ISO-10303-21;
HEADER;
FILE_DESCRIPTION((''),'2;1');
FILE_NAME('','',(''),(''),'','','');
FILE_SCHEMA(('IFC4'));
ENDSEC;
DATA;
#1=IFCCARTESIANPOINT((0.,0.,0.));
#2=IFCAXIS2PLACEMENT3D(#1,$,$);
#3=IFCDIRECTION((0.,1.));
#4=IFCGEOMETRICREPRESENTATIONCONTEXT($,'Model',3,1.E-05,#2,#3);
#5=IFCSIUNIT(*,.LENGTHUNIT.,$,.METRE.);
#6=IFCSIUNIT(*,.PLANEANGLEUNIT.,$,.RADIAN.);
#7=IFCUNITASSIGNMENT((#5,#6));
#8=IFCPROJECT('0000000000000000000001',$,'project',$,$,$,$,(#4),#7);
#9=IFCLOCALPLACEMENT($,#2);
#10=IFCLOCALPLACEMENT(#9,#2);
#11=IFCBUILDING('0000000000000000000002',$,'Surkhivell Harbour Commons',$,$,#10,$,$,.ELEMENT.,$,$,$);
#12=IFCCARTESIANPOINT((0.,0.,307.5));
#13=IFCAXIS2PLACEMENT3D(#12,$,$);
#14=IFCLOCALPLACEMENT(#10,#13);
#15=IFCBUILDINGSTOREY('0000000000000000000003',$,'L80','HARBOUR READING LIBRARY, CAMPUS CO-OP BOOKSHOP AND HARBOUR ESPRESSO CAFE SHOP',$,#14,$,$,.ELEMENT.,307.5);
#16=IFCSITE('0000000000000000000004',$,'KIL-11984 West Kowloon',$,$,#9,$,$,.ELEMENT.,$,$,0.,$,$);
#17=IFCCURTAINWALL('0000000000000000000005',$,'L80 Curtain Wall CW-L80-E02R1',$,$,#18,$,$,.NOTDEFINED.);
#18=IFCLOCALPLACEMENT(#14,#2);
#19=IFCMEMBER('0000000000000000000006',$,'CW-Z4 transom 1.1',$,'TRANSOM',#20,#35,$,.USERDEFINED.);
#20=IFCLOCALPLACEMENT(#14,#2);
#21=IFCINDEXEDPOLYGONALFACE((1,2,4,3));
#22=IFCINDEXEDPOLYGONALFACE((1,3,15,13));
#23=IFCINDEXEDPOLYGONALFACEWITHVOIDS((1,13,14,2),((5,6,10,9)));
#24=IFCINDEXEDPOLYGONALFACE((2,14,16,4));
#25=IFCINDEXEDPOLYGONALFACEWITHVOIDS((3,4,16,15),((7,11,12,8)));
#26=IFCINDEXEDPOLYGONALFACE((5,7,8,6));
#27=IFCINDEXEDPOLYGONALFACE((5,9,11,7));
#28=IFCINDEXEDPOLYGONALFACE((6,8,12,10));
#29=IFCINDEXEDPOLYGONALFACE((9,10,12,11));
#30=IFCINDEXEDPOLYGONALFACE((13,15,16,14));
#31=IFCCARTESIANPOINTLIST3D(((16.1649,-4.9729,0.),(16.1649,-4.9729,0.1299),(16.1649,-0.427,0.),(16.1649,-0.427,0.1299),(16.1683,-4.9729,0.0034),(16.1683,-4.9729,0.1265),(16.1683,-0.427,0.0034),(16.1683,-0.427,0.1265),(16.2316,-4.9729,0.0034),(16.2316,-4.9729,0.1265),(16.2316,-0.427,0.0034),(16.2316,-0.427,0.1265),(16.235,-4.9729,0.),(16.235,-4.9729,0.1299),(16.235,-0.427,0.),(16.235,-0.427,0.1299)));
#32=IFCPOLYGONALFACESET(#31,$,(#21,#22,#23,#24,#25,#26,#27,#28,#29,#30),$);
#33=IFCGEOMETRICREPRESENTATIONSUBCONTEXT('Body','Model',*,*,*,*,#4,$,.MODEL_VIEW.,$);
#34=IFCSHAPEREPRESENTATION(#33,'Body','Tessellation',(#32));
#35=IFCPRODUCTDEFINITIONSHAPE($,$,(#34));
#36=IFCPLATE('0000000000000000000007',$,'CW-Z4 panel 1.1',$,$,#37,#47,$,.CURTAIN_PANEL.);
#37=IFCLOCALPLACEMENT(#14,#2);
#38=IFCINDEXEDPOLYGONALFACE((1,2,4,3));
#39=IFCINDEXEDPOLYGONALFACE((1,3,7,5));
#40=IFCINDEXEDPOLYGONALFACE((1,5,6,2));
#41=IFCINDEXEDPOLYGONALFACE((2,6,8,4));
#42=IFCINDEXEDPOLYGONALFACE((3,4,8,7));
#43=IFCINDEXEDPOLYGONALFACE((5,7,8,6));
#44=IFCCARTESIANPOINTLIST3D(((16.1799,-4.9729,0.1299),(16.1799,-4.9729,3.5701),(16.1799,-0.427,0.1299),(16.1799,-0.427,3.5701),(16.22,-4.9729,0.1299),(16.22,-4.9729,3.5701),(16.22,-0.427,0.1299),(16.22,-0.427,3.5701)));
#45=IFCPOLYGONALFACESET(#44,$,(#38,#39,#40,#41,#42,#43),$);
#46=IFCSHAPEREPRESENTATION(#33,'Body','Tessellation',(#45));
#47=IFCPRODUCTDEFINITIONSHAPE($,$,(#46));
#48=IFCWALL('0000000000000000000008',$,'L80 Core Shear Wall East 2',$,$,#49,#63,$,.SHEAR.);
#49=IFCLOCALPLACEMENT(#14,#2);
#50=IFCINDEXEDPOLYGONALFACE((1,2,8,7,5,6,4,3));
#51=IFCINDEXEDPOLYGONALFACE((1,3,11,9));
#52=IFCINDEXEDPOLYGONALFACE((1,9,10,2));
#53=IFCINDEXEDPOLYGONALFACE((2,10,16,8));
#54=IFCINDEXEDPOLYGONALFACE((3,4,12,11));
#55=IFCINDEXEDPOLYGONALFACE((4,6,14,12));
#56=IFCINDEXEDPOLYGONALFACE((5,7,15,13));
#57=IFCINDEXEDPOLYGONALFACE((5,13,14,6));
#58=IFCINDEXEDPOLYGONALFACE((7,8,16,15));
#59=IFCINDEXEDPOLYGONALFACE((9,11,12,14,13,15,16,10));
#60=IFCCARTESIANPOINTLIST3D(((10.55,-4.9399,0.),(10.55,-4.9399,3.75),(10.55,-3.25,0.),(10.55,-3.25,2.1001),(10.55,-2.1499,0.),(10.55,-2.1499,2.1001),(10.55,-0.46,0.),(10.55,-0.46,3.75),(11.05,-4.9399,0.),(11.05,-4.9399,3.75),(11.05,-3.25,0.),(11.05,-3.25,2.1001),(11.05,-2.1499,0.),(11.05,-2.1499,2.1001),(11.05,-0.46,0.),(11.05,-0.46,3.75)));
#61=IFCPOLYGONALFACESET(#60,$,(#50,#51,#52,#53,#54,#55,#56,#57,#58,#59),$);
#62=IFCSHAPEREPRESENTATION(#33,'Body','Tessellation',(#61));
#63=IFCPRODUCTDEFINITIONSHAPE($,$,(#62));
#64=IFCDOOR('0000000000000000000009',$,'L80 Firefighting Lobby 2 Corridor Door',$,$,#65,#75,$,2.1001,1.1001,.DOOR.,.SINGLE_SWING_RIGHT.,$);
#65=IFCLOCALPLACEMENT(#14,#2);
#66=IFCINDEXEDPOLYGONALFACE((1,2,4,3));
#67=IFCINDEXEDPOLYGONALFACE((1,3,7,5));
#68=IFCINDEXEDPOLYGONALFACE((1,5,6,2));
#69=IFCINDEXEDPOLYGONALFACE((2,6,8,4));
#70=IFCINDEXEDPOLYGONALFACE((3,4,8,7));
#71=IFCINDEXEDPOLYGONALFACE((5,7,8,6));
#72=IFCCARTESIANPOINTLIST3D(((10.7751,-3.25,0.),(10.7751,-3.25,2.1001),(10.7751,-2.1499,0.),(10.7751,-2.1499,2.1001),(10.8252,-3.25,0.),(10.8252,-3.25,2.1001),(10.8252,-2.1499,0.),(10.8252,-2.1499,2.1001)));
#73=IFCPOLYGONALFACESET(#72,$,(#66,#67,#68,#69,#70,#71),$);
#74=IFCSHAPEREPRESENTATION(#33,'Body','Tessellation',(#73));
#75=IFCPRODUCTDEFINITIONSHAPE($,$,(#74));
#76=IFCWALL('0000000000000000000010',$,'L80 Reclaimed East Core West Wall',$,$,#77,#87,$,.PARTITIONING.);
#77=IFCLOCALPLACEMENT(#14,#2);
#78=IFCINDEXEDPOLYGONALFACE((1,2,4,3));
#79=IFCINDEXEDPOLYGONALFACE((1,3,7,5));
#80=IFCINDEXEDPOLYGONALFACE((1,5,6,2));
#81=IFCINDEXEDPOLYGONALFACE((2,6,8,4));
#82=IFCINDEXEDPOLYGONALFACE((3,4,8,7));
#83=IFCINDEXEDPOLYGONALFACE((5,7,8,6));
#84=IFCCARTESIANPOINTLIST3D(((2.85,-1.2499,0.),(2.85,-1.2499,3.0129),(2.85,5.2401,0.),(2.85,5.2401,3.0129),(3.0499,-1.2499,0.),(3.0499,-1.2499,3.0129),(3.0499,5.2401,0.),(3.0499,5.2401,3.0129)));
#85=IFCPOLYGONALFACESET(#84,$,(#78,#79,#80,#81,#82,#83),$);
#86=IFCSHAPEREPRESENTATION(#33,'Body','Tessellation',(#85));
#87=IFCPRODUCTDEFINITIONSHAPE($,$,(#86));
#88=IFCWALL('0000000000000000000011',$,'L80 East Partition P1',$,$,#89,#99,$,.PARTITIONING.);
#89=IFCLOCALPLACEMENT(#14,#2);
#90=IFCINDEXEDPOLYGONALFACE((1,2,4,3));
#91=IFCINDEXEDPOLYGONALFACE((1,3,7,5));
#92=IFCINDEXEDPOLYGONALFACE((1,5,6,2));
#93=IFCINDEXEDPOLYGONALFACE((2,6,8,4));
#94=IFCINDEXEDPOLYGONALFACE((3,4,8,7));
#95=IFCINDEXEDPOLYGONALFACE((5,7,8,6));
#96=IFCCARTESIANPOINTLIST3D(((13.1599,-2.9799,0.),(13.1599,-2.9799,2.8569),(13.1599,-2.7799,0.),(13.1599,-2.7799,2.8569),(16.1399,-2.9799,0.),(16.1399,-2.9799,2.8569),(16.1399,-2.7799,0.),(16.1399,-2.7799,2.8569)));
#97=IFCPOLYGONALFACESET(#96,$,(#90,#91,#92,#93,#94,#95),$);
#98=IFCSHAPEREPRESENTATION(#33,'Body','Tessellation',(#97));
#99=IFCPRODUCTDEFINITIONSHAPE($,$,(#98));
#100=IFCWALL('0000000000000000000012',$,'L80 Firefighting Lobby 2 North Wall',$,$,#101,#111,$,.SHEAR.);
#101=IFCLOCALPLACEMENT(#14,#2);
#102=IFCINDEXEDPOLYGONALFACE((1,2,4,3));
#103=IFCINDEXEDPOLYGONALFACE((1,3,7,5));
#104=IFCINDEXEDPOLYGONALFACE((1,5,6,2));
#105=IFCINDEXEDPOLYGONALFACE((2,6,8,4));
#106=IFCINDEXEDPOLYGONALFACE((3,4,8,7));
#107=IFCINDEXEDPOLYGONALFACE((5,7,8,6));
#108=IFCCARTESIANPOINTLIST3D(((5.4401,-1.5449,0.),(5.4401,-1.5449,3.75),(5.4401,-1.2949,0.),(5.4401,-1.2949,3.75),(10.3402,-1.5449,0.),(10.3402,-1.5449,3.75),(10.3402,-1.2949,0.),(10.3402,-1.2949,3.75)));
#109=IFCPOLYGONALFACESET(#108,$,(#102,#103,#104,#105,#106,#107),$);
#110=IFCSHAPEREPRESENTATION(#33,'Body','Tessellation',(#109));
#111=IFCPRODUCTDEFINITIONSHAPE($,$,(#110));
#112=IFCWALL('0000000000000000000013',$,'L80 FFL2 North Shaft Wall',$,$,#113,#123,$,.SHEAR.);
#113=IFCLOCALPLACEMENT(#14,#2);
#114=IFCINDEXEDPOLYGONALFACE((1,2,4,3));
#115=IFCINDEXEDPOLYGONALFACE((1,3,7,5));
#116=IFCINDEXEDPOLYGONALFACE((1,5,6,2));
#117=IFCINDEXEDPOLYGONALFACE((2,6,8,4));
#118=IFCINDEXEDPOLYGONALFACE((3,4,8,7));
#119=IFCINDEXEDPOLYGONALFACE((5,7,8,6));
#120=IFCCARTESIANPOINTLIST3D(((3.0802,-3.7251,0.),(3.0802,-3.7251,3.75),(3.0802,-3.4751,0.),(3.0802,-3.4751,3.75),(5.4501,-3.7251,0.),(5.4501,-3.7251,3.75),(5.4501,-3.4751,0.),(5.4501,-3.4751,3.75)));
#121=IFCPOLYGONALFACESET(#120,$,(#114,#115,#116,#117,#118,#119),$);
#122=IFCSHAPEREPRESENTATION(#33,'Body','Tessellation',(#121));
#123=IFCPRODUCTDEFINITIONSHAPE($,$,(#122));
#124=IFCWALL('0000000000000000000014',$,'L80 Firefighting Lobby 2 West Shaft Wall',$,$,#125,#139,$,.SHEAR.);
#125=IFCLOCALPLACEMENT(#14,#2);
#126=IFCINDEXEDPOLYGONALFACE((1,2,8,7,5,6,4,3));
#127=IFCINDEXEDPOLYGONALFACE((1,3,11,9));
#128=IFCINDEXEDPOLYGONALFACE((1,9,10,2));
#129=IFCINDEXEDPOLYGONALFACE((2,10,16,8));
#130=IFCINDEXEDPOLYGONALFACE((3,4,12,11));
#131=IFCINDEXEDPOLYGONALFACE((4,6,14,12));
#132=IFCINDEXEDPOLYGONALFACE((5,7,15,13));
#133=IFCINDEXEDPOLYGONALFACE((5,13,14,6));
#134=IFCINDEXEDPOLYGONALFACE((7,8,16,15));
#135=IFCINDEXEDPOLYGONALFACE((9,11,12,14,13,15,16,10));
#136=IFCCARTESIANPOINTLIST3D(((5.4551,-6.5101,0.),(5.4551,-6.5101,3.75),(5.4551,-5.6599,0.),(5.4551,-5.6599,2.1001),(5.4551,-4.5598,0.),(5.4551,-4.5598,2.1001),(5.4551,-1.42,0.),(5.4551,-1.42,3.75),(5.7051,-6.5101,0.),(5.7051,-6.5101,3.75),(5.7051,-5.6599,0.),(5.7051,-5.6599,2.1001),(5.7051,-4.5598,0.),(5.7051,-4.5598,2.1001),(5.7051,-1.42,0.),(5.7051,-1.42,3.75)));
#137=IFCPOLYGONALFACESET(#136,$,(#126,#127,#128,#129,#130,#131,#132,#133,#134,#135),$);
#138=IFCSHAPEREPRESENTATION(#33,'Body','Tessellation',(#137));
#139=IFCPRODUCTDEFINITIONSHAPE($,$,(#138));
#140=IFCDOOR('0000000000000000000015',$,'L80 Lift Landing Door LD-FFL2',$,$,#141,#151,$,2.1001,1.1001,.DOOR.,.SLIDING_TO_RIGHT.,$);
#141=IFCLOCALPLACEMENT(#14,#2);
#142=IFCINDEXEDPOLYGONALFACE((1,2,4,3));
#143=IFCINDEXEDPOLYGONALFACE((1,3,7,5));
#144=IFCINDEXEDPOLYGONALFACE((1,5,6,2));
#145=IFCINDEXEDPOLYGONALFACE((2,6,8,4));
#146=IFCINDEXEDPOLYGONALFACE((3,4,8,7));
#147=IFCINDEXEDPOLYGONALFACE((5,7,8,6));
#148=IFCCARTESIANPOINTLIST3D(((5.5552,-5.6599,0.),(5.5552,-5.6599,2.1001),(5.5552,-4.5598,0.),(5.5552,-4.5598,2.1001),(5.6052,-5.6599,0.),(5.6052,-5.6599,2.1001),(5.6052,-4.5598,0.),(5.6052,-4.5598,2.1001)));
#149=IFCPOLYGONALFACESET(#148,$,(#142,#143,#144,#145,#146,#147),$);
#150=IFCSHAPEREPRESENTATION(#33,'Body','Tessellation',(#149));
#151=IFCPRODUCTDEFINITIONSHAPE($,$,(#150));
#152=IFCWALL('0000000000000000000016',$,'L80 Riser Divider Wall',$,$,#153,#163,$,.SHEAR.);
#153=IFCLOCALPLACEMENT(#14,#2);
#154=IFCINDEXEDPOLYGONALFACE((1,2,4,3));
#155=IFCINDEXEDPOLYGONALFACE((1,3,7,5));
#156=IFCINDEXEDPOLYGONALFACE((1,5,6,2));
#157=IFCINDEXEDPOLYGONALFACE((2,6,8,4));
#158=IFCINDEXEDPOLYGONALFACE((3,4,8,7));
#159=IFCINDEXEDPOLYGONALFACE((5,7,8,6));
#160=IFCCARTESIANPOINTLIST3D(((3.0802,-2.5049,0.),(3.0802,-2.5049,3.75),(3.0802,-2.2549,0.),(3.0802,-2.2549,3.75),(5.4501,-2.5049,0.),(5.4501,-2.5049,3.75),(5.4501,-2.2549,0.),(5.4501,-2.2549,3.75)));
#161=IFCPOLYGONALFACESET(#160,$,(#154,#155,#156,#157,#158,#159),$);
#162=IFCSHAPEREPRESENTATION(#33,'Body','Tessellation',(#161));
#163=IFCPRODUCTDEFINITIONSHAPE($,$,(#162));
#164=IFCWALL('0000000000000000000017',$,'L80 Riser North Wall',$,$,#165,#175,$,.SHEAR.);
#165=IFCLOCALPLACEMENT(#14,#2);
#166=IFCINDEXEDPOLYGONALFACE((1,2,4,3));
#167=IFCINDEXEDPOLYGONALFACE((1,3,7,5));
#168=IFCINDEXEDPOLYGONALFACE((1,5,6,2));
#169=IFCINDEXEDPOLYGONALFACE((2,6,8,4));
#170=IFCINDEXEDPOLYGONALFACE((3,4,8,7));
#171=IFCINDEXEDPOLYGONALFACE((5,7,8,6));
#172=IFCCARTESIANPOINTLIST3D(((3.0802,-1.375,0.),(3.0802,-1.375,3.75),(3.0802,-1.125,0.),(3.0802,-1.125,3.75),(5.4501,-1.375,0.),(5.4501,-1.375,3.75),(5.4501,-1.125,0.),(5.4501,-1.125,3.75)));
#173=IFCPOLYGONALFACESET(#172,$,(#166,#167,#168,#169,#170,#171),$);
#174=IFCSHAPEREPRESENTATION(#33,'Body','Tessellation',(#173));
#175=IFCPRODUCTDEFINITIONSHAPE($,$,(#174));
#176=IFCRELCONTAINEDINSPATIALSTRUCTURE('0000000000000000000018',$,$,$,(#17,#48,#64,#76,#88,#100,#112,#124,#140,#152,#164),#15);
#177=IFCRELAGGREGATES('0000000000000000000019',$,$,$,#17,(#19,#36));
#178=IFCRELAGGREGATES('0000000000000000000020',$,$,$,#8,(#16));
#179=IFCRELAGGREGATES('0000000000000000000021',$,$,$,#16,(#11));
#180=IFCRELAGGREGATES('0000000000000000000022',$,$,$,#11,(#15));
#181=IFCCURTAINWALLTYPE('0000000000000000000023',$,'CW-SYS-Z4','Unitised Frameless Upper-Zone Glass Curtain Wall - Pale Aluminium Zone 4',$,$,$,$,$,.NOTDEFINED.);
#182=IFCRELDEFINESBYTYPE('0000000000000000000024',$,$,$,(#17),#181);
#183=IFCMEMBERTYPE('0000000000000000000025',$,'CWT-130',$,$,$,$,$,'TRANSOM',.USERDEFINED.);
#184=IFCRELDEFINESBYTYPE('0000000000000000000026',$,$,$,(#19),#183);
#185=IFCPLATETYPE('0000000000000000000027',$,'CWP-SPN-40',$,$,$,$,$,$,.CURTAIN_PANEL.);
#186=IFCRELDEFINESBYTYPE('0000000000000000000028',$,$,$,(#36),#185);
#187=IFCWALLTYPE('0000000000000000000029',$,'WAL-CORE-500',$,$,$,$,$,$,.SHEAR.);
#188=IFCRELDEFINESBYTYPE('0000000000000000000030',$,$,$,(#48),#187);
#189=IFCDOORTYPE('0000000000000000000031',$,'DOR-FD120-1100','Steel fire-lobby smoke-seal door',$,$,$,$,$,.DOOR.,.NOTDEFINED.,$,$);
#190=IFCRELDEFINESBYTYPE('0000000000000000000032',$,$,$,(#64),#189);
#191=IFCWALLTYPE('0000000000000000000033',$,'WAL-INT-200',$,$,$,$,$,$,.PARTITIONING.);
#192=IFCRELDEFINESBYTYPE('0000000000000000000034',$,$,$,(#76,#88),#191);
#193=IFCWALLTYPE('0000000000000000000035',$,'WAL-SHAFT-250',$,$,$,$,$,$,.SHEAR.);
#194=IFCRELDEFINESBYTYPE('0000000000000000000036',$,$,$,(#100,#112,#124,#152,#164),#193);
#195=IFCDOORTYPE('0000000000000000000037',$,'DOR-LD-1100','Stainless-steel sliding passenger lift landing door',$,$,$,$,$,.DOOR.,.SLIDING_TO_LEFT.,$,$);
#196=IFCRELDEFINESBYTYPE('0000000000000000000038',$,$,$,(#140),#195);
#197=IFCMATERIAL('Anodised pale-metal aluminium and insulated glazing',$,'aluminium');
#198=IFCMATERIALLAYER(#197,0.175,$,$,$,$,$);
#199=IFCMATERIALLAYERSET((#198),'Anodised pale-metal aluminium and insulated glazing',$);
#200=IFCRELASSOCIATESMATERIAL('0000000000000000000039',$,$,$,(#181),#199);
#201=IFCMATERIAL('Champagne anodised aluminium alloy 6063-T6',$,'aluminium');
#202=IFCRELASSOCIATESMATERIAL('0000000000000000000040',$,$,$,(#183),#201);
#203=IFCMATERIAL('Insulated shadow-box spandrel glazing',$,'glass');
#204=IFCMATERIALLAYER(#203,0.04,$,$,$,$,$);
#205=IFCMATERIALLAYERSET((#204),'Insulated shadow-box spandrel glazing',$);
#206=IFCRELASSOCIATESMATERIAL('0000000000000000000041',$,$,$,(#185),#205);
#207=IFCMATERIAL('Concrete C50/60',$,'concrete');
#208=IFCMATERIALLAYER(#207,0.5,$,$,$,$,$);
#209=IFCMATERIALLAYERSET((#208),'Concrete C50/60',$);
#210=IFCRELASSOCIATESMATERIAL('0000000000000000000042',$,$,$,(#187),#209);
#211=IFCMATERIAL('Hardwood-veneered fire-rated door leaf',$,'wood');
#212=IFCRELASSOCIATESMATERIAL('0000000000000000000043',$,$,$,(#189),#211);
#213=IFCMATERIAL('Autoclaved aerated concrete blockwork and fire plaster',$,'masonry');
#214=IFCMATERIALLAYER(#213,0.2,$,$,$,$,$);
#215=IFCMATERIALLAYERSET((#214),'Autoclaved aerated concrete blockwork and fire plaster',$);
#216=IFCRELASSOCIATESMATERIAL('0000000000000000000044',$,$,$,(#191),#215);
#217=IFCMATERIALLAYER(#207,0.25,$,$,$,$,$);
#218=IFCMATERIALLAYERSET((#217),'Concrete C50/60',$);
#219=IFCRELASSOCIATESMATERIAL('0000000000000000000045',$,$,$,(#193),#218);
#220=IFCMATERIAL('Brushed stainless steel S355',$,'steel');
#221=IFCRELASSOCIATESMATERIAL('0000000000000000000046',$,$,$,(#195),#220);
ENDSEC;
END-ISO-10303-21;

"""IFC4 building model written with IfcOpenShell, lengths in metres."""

from ifc_helpers import new_model, si_unit, direction, frame, frame_2d, origin, origin_2d, place, context, subcontext, project, spatial, rectangle, hollow_rectangle, extrude, material, layer, layer_set, material_profile, profile_set, type_object, element, fill, aggregate, save


model = new_model("IFC4")

# Units and contexts
model_context = context("Model", 3, precision=1e-05, world=origin(), true_north=direction((0.0, 1.0)))
body_context = subcontext(model_context, "Body", "Model", "MODEL_VIEW")
ifc_project = project(units=[si_unit("LENGTHUNIT", "METRE"), si_unit("PLANEANGLEUNIT", "RADIAN")], contexts=[model_context])

# Site, building, storey
site_placement = place(None, origin())
site = spatial("IfcSite", under=ifc_project, at=site_placement, Name="KIL-11984 West Kowloon", CompositionType="ELEMENT", RefElevation=0.0)
building_placement = place(site_placement, origin())
building = spatial("IfcBuilding", under=site, at=building_placement, Name="Surkhivell Harbour Commons", CompositionType="ELEMENT")
storey_placement = place(building_placement, frame((0.0, 0.0, 307.5)))
storey = spatial("IfcBuildingStorey", under=building, at=storey_placement, Name="L80", Description="HARBOUR READING LIBRARY, CAMPUS CO-OP BOOKSHOP AND HARBOUR ESPRESSO CAFE SHOP", CompositionType="ELEMENT", Elevation=307.5)

# Shared definitions
ifc_material_1 = material(Name="Concrete C50/60", Category="concrete")

# Shared definitions
ifc_material_2 = material(Name="Anodised pale-metal aluminium and insulated glazing", Category="aluminium")
ifc_layer_1 = layer(ifc_material_2, 0.175)
ifc_layer_set_1 = layer_set([ifc_layer_1], Name="Anodised pale-metal aluminium and insulated glazing")
curtain_wall_type = type_object("IfcCurtainWallType", Name="CW-SYS-Z4", Description="Unitised Frameless Upper-Zone Glass Curtain Wall - Pale Aluminium Zone 4", PredefinedType="NOTDEFINED", material=ifc_layer_set_1)

# Curtain wall, member, plate
curtain_wall_1_placement = place(storey_placement, origin())
curtain_wall_1 = element("IfcCurtainWall", 1, at=curtain_wall_1_placement, inside=storey, type_object=curtain_wall_type, Name="L80 Curtain Wall CW-L80-E02R1", PredefinedType="NOTDEFINED")
ifc_material_3 = material(Name="Champagne anodised aluminium alloy 6063-T6", Category="aluminium")
ifc_material_profile_1 = material_profile(ifc_material_3, hollow_rectangle(XDim=0.0701, YDim=0.1299, WallThickness=0.0034, at=origin_2d()), Name="ALU-TRAN-70x130")
ifc_profile_set_1 = profile_set([ifc_material_profile_1], Name="Champagne anodised aluminium alloy 6063-T6")
member_type_1 = type_object("IfcMemberType", Name="CWT-130", ElementType="TRANSOM", PredefinedType="USERDEFINED", material=ifc_profile_set_1)
member_1_placement = place(storey_placement, frame((16.2, -4.9729, 0.0649), z_axis=(0.0, 1.0, 0.0), x_axis=(-1.0, 0.0, 0.0)))
member_1 = element("IfcMember", 2, at=member_1_placement, type_object=member_type_1, Name="CW-Z4 transom 1.1", ObjectType="TRANSOM", PredefinedType="USERDEFINED", context=body_context, shape_type="SweptSolid", body=[
    extrude(hollow_rectangle(XDim=0.0701, YDim=0.1299, WallThickness=0.0034, at=origin_2d()), origin(), (0.0, 0.0, 1.0), 4.5459),
])
ifc_material_4 = material(Name="Insulated shadow-box spandrel glazing", Category="glass")
ifc_layer_2 = layer(ifc_material_4, 0.04)
ifc_layer_set_2 = layer_set([ifc_layer_2], Name="Insulated shadow-box spandrel glazing")
plate_type = type_object("IfcPlateType", Name="CWP-SPN-40", PredefinedType="CURTAIN_PANEL", material=ifc_layer_set_2)
plate_placement = place(storey_placement, frame((16.2, -4.9729, 0.1299), z_axis=(0.0, 0.0, 1.0), x_axis=(0.0, 1.0, 0.0)))
plate = element("IfcPlate", 3, at=plate_placement, type_object=plate_type, Name="CW-Z4 panel 1.1", PredefinedType="CURTAIN_PANEL", context=body_context, shape_type="SweptSolid", body=[
    extrude(rectangle(XDim=4.5459, YDim=0.04, at=frame_2d((2.2729, 0.0))), origin(), (0.0, 0.0, 1.0), 3.4402),
])
aggregate(curtain_wall_1, [member_1, plate])

# Wall, opening, door
ifc_layer_3 = layer(ifc_material_1, 0.5)
ifc_layer_set_3 = layer_set([ifc_layer_3], Name="Concrete C50/60")
wall_type_1 = type_object("IfcWallType", Name="WAL-CORE-500", PredefinedType="SHEAR", material=ifc_layer_set_3)
wall_1_placement = place(storey_placement, frame((10.8, -4.9399, 0.0), z_axis=(0.0, 0.0, 1.0), x_axis=(0.0, 1.0, 0.0)))
wall_1 = element("IfcWall", 4, at=wall_1_placement, inside=storey, type_object=wall_type_1, Name="L80 Core Shear Wall East 2", PredefinedType="SHEAR", context=body_context, shape_type="SweptSolid", body=[
    extrude(rectangle(XDim=4.48, YDim=0.5, at=frame_2d((2.24, 0.0))), origin(), (0.0, 0.0, 1.0), 3.75),
])
opening_1_placement = place(wall_1_placement, frame((1.6899, 0.0, 0.0)))
opening_1 = element("IfcOpeningElement", 5, at=opening_1_placement, cuts=wall_1, PredefinedType="OPENING", context=body_context, shape_type="SweptSolid", body=[
    extrude(rectangle(XDim=1.1001, YDim=2.1001, at=frame_2d((0.55, 1.05))), frame((0.0, 0.26, 0.0), z_axis=(0.0, -1.0, 0.0), x_axis=(1.0, 0.0, 0.0)), (0.0, 0.0, 1.0), 0.52),
])
ifc_material_5 = material(Name="Hardwood-veneered fire-rated door leaf", Category="wood")
door_type_1 = type_object("IfcDoorType", Name="DOR-FD120-1100", Description="Steel fire-lobby smoke-seal door", OperationType="NOTDEFINED", PredefinedType="DOOR", material=ifc_material_5)
door_1_placement = place(opening_1_placement, origin())
door_1 = element("IfcDoor", 6, at=door_1_placement, inside=storey, type_object=door_type_1, Name="L80 Firefighting Lobby 2 Corridor Door", OperationType="SINGLE_SWING_RIGHT", OverallHeight=2.1001, OverallWidth=1.1001, PredefinedType="DOOR", context=body_context, shape_type="SweptSolid", body=[
    extrude(rectangle(XDim=1.1001, YDim=2.1001, at=frame_2d((0.55, 1.05))), frame((0.0, 0.0249, 0.0), z_axis=(0.0, -1.0, 0.0), x_axis=(1.0, 0.0, 0.0)), (0.0, 0.0, 1.0), 0.05),
])
fill(opening_1, door_1)

# Walls
ifc_material_6 = material(Name="Autoclaved aerated concrete blockwork and fire plaster", Category="masonry")
ifc_layer_4 = layer(ifc_material_6, 0.2)
ifc_layer_set_4 = layer_set([ifc_layer_4], Name="Autoclaved aerated concrete blockwork and fire plaster")
wall_type_2 = type_object("IfcWallType", Name="WAL-INT-200", PredefinedType="PARTITIONING", material=ifc_layer_set_4)
wall_2_placement = place(storey_placement, frame((2.95, -1.25, 0.0), z_axis=(0.0, 0.0, 1.0), x_axis=(0.0, 1.0, 0.0)))
element("IfcWall", 7, at=wall_2_placement, inside=storey, type_object=wall_type_2, Name="L80 Reclaimed East Core West Wall", PredefinedType="PARTITIONING", context=body_context, shape_type="SweptSolid", body=[
    extrude(rectangle(XDim=6.49, YDim=0.2, at=frame_2d((3.2451, 0.0))), origin(), (0.0, 0.0, 1.0), 3.0129),
])
wall_3_placement = place(storey_placement, frame((13.1599, -2.8799, 0.0), z_axis=(0.0, 0.0, 1.0), x_axis=(1.0, 0.0, 0.0)))
element("IfcWall", 8, at=wall_3_placement, inside=storey, type_object=wall_type_2, Name="L80 East Partition P1", PredefinedType="PARTITIONING", context=body_context, shape_type="SweptSolid", body=[
    extrude(rectangle(XDim=2.98, YDim=0.2, at=frame_2d((1.49, 0.0))), origin(), (0.0, 0.0, 1.0), 2.8569),
])
ifc_layer_5 = layer(ifc_material_1, 0.25)
ifc_layer_set_5 = layer_set([ifc_layer_5], Name="Concrete C50/60")
wall_type_3 = type_object("IfcWallType", Name="WAL-SHAFT-250", PredefinedType="SHEAR", material=ifc_layer_set_5)
wall_4_placement = place(storey_placement, frame((5.4399, -1.4199, 0.0), z_axis=(0.0, 0.0, 1.0), x_axis=(1.0, 0.0, 0.0)))
element("IfcWall", 9, at=wall_4_placement, inside=storey, type_object=wall_type_3, Name="L80 Firefighting Lobby 2 North Wall", PredefinedType="SHEAR", context=body_context, shape_type="SweptSolid", body=[
    extrude(rectangle(XDim=4.9001, YDim=0.25, at=frame_2d((2.4502, 0.0))), origin(), (0.0, 0.0, 1.0), 3.75),
])
wall_5_placement = place(storey_placement, frame((3.0801, -3.6001, 0.0), z_axis=(0.0, 0.0, 1.0), x_axis=(1.0, 0.0, 0.0)))
element("IfcWall", 10, at=wall_5_placement, inside=storey, type_object=wall_type_3, Name="L80 FFL2 North Shaft Wall", PredefinedType="SHEAR", context=body_context, shape_type="SweptSolid", body=[
    extrude(rectangle(XDim=2.3699, YDim=0.25, at=frame_2d((1.1851, 0.0))), origin(), (0.0, 0.0, 1.0), 3.75),
])

# Wall, opening, door
wall_6_placement = place(storey_placement, frame((5.5801, -6.51, 0.0), z_axis=(0.0, 0.0, 1.0), x_axis=(0.0, 1.0, 0.0)))
wall_6 = element("IfcWall", 11, at=wall_6_placement, inside=storey, type_object=wall_type_3, Name="L80 Firefighting Lobby 2 West Shaft Wall", PredefinedType="SHEAR", context=body_context, shape_type="SweptSolid", body=[
    extrude(rectangle(XDim=5.0901, YDim=0.25, at=frame_2d((2.5449, 0.0))), origin(), (0.0, 0.0, 1.0), 3.75),
])
opening_2_placement = place(wall_6_placement, frame((0.8501, 0.0, 0.0)))
opening_2 = element("IfcOpeningElement", 12, at=opening_2_placement, cuts=wall_6, PredefinedType="OPENING", context=body_context, shape_type="SweptSolid", body=[
    extrude(rectangle(XDim=1.1001, YDim=2.1001, at=frame_2d((0.55, 1.05))), frame((0.0, 0.135, 0.0), z_axis=(0.0, -1.0, 0.0), x_axis=(1.0, 0.0, 0.0)), (0.0, 0.0, 1.0), 0.27),
])
ifc_material_7 = material(Name="Brushed stainless steel S355", Category="steel")
door_type_2 = type_object("IfcDoorType", Name="DOR-LD-1100", Description="Stainless-steel sliding passenger lift landing door", OperationType="SLIDING_TO_LEFT", PredefinedType="DOOR", material=ifc_material_7)
door_2_placement = place(opening_2_placement, origin())
door_2 = element("IfcDoor", 13, at=door_2_placement, inside=storey, type_object=door_type_2, Name="L80 Lift Landing Door LD-FFL2", OperationType="SLIDING_TO_RIGHT", OverallHeight=2.1001, OverallWidth=1.1001, PredefinedType="DOOR", context=body_context, shape_type="SweptSolid", body=[
    extrude(rectangle(XDim=1.1001, YDim=2.1001, at=frame_2d((0.55, 1.05))), frame((0.0, 0.0249, 0.0), z_axis=(0.0, -1.0, 0.0), x_axis=(1.0, 0.0, 0.0)), (0.0, 0.0, 1.0), 0.05),
])
fill(opening_2, door_2)

# Walls
for number, where, z_axis, x_axis, name in (
    (14, (3.0801, -2.3799, 0.0), (0.0, 0.0, 1.0), (1.0, 0.0, 0.0), "L80 Riser Divider Wall"),
    (15, (3.0801, -1.25, 0.0), (0.0, 0.0, 1.0), (1.0, 0.0, 0.0), "L80 Riser North Wall"),
):
    element("IfcWall", number, at=place(storey_placement, frame(where, z_axis=z_axis, x_axis=x_axis)), inside=storey, type_object=wall_type_3, Name=name, PredefinedType="SHEAR", context=body_context, shape_type="SweptSolid", body=[
        extrude(rectangle(XDim=2.3699, YDim=0.25, at=frame_2d((1.1851, 0.0))), origin(), (0.0, 0.0, 1.0), 3.75),
    ])

save(model, "model.ifc")
